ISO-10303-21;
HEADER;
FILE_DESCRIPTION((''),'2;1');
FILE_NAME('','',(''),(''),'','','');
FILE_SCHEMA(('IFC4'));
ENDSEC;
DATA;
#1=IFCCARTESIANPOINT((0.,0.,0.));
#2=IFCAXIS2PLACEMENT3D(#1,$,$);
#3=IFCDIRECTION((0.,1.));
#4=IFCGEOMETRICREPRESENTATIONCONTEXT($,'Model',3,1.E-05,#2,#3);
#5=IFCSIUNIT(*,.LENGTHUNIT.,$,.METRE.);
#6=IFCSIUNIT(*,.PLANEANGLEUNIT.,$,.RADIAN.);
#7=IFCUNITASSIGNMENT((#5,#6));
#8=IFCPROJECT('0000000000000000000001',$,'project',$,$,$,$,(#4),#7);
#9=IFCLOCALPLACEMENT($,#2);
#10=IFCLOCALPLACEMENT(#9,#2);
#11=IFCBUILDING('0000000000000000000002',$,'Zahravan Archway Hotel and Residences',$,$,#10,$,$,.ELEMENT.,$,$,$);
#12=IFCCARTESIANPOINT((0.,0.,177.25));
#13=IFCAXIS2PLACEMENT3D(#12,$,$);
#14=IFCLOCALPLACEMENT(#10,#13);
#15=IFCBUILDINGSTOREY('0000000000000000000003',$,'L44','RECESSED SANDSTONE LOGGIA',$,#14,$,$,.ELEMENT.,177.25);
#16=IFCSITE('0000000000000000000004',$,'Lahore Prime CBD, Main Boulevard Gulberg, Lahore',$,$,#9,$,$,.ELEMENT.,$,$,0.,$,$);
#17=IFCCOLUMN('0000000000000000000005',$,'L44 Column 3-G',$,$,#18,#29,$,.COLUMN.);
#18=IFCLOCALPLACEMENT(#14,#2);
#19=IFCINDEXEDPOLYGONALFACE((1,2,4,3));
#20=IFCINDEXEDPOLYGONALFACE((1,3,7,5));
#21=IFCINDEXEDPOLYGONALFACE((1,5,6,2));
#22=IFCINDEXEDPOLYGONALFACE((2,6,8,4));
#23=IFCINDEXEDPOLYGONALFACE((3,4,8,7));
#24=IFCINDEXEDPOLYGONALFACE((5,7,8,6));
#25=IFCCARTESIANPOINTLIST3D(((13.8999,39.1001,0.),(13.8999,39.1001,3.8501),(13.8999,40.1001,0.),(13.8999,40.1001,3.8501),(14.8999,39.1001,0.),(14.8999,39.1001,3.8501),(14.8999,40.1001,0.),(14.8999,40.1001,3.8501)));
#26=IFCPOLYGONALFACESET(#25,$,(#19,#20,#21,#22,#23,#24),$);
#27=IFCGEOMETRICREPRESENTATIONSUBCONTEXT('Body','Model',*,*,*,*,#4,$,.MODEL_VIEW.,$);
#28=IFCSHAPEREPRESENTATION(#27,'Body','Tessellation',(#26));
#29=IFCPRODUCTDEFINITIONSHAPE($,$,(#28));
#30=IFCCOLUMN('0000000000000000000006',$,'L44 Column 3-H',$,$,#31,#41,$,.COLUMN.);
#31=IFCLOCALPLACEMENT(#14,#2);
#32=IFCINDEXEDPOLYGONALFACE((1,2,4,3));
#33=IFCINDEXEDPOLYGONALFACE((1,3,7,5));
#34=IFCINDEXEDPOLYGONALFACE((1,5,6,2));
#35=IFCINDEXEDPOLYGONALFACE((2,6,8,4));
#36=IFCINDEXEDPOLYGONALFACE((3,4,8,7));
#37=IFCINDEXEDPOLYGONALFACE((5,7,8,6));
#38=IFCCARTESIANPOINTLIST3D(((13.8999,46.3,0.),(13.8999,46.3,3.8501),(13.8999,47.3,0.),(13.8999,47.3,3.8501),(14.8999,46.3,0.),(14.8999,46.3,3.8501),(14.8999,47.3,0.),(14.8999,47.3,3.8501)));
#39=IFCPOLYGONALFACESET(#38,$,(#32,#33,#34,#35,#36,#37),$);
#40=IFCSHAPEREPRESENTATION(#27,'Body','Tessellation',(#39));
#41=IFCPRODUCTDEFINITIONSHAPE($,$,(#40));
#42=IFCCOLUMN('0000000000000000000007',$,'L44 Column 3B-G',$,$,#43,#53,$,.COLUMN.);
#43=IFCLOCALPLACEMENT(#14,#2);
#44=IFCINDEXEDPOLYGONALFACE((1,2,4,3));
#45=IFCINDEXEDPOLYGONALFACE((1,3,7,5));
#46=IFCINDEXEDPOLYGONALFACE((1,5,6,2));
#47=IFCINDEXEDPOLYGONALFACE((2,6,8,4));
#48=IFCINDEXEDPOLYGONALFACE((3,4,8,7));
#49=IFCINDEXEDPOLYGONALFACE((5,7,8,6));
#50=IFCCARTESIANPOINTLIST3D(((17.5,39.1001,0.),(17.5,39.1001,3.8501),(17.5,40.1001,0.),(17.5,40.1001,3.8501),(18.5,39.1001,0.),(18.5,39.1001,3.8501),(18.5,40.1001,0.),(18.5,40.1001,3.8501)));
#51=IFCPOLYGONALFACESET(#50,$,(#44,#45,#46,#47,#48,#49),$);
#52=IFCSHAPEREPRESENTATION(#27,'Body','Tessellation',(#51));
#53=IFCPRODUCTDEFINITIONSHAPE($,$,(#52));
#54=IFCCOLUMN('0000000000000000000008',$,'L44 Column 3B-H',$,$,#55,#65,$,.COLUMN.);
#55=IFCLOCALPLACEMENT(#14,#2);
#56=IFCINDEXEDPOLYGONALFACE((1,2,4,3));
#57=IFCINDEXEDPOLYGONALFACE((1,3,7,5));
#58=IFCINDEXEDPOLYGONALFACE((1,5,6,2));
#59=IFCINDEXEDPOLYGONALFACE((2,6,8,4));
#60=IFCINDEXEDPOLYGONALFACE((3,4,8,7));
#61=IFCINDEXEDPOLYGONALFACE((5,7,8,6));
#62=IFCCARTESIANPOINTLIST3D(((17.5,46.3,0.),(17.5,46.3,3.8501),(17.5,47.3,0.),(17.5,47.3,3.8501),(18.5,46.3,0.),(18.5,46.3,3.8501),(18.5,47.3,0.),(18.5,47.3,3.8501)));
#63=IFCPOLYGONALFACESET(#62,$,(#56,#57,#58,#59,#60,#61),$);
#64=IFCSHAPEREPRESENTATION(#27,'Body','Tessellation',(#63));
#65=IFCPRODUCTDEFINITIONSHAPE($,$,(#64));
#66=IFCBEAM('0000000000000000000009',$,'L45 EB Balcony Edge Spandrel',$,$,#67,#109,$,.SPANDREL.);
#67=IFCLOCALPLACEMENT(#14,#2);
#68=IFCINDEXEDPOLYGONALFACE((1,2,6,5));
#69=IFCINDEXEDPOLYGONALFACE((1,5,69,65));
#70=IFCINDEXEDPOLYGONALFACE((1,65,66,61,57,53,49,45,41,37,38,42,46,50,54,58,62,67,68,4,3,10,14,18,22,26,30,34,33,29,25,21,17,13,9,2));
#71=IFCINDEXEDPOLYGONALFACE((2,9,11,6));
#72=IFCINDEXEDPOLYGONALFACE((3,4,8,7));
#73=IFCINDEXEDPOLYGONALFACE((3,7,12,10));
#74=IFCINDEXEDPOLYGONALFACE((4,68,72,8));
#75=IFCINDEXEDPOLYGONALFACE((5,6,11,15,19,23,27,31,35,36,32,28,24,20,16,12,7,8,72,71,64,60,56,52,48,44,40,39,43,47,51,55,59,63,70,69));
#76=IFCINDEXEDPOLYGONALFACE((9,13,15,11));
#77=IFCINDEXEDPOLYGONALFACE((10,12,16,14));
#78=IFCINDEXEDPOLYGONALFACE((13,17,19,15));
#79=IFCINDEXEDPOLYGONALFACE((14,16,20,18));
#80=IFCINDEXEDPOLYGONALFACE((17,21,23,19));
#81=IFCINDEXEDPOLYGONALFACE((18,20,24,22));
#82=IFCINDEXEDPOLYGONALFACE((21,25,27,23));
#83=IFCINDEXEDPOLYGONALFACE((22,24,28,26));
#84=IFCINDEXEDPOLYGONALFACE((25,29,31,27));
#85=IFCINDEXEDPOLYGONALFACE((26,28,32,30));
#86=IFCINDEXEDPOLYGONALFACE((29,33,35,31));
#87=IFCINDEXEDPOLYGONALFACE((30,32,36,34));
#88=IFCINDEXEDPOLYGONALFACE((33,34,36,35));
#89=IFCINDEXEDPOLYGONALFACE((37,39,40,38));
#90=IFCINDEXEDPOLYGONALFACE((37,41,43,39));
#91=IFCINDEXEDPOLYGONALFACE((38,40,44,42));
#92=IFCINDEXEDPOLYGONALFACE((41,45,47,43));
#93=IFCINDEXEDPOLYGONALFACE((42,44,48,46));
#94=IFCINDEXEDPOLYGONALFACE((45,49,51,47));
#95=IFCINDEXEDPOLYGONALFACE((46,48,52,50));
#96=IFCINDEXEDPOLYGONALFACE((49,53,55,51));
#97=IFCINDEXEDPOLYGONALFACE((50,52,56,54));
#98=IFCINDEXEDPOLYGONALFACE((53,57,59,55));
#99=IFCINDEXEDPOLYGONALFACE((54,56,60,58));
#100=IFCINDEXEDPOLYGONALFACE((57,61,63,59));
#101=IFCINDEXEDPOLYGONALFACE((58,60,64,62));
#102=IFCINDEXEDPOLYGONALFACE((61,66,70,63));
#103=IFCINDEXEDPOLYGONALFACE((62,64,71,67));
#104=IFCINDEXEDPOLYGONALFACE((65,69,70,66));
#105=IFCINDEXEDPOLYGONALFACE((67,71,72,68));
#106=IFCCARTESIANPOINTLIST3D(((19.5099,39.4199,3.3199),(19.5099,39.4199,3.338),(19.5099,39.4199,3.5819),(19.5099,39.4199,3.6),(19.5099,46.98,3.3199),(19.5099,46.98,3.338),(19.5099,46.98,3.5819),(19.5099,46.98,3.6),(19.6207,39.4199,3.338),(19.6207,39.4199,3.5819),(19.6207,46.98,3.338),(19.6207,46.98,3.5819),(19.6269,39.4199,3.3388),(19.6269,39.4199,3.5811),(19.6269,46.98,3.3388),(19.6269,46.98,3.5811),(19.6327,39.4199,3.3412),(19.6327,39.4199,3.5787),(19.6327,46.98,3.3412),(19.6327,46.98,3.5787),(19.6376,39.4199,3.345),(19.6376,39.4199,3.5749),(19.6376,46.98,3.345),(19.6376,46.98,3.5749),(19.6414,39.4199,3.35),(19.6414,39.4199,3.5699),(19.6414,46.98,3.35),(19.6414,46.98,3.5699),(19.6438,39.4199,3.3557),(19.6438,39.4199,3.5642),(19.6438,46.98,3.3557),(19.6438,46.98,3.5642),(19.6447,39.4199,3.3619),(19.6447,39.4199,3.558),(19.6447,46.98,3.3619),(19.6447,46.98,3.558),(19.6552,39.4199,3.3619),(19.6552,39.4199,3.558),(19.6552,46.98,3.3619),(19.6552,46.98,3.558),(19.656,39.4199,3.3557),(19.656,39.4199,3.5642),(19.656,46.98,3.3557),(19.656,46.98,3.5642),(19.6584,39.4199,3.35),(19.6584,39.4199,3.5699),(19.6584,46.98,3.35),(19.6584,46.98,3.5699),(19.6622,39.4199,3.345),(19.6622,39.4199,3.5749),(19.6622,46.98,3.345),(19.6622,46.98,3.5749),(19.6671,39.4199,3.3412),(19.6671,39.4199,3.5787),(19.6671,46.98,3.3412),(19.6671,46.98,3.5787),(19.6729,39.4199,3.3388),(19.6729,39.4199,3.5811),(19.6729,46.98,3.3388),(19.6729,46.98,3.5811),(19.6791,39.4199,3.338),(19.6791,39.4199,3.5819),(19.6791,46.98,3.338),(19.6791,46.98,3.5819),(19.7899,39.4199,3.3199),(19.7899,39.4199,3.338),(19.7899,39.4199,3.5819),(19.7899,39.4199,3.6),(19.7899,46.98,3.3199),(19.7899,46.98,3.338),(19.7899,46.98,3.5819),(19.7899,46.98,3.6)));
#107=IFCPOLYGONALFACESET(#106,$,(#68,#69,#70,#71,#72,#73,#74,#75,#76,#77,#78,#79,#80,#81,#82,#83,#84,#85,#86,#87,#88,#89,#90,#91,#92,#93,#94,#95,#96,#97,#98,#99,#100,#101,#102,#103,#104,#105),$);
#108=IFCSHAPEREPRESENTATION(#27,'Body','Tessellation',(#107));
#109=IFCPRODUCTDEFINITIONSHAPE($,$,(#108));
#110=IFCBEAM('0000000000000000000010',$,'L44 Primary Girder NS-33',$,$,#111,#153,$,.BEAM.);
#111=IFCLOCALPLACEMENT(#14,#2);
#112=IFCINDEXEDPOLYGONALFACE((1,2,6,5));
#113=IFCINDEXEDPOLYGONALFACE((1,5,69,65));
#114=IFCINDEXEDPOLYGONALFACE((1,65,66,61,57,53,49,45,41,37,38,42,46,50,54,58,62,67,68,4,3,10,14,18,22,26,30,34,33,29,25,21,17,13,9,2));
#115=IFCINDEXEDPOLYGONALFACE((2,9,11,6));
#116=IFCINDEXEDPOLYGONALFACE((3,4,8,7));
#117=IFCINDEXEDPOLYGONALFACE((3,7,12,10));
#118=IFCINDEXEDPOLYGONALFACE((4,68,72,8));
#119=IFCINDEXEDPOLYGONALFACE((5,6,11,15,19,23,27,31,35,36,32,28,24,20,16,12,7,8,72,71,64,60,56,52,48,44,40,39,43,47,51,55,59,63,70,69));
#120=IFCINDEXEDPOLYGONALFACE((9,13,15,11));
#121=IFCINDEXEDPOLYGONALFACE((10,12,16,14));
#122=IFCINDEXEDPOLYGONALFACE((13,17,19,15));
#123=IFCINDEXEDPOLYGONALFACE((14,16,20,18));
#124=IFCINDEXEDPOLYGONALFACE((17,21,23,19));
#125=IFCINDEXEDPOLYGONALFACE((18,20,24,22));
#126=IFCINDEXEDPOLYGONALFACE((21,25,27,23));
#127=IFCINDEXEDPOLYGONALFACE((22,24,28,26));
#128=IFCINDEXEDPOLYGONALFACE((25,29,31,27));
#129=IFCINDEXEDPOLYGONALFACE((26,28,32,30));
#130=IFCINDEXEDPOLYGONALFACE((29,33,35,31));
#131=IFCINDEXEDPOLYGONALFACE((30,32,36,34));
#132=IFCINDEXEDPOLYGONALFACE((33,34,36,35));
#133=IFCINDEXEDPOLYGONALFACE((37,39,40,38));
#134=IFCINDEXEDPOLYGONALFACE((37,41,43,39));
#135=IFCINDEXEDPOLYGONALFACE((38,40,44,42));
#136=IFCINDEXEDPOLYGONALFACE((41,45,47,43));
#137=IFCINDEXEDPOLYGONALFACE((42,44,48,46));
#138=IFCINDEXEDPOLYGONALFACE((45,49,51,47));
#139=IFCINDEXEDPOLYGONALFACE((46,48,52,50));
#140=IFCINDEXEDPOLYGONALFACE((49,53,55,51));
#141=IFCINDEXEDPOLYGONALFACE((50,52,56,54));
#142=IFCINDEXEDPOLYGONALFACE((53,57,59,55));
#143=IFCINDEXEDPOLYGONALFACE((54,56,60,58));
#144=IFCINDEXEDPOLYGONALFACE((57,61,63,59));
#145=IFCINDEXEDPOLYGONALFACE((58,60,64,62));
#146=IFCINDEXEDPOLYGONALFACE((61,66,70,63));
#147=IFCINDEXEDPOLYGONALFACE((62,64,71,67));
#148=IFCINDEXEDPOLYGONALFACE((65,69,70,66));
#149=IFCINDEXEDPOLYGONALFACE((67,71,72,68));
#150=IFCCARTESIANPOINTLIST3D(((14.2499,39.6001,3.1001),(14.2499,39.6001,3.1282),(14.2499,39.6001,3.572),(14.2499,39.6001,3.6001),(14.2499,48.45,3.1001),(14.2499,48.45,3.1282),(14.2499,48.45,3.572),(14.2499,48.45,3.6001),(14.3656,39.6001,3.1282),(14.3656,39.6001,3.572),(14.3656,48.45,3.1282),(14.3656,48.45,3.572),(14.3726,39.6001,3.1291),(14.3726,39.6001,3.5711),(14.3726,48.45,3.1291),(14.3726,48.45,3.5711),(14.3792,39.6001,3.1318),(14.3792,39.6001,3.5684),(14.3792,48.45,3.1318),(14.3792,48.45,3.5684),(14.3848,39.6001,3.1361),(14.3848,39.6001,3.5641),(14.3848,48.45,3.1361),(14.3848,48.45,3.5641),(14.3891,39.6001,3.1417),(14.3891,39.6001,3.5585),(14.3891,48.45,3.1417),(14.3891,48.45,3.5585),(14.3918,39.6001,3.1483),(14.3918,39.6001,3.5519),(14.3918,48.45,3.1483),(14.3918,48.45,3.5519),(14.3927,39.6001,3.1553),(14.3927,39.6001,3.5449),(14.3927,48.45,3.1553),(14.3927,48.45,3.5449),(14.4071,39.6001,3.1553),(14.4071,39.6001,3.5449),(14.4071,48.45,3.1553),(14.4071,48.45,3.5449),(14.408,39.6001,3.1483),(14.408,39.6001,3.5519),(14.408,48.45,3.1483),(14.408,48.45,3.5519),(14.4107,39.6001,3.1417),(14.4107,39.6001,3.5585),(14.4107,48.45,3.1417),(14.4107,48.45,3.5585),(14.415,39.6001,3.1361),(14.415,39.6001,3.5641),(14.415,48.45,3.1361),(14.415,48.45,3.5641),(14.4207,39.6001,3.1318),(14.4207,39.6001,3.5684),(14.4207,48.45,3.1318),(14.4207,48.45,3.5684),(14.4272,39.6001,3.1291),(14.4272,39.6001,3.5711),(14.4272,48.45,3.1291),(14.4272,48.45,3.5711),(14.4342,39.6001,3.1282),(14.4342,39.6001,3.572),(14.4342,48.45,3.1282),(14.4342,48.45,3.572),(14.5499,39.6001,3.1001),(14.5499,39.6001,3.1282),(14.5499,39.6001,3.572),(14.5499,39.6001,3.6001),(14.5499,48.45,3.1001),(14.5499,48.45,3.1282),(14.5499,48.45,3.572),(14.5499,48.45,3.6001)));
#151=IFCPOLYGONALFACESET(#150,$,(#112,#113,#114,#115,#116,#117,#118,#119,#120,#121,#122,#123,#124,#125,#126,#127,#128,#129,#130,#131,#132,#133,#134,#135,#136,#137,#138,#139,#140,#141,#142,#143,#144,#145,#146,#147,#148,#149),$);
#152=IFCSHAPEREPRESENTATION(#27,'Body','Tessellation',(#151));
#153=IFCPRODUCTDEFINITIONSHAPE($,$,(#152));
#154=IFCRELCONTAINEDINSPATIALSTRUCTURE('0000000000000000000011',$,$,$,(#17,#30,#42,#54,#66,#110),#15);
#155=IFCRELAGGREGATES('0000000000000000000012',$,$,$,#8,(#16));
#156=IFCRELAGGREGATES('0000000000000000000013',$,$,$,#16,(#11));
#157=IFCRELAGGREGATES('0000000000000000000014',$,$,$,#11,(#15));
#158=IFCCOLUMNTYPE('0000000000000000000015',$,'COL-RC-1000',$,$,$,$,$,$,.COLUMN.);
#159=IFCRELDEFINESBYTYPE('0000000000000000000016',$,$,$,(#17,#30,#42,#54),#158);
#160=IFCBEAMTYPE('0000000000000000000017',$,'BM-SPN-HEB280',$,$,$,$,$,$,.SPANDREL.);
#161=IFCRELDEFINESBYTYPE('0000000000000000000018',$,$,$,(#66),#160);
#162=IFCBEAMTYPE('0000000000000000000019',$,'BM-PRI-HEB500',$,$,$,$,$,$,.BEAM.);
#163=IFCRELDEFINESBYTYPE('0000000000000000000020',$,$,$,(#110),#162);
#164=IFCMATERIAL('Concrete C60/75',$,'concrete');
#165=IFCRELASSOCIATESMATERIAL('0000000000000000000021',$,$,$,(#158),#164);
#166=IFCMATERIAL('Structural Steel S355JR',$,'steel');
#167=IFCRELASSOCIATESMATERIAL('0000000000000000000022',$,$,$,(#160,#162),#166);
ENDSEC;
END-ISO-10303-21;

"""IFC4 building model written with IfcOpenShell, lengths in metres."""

from ifc_helpers import new_model, si_unit, direction, frame, origin, origin_2d, place, context, subcontext, project, spatial, rectangle, i_section, extrude, source, transform, mapped, material, material_profile, profile_set, type_object, type_shapes, element, save


model = new_model("IFC4")

# Units and contexts
model_context = context("Model", 3, precision=1e-05, world=origin(), true_north=direction((0.0, 1.0)))
body_context = subcontext(model_context, "Body", "Model", "MODEL_VIEW")
ifc_project = project(units=[si_unit("LENGTHUNIT", "METRE"), si_unit("PLANEANGLEUNIT", "RADIAN")], contexts=[model_context])

# Site, building, storey
site_placement = place(None, origin())
site = spatial("IfcSite", under=ifc_project, at=site_placement, Name="Lahore Prime CBD, Main Boulevard Gulberg, Lahore", CompositionType="ELEMENT", RefElevation=0.0)
building_placement = place(site_placement, origin())
building = spatial("IfcBuilding", under=site, at=building_placement, Name="Zahravan Archway Hotel and Residences", CompositionType="ELEMENT")
storey_placement = place(building_placement, frame((0.0, 0.0, 177.25)))
storey = spatial("IfcBuildingStorey", under=building, at=storey_placement, Name="L44", Description="RECESSED SANDSTONE LOGGIA", CompositionType="ELEMENT", Elevation=177.25)

# Columns
ifc_material_1 = material(Name="Concrete C60/75", Category="concrete")
ifc_material_profile_1 = material_profile(ifc_material_1, rectangle(XDim=1.0, YDim=1.0, at=origin_2d()), Name="RC-COL-1000x1000", Category="concrete")
ifc_profile_set_1 = profile_set([ifc_material_profile_1], Name="Concrete C60/75")
column_type = type_object("IfcColumnType", Name="COL-RC-1000", PredefinedType="COLUMN", material=ifc_profile_set_1)
shared_shape_1 = source(origin(), body_context, "Body", "SweptSolid", [
    extrude(rectangle(XDim=1.0, YDim=1.0, at=origin_2d()), origin(), (0.0, 0.0, 1.0), 3.8501),
])
for number, where, z_axis, x_axis, name in (
    (1, (14.3999, 39.6001, 0.0), (0.0, 0.0, 1.0), (1.0, 0.0, 0.0), "L44 Column 3-G"),
    (2, (14.3999, 46.8, 0.0), (0.0, 0.0, 1.0), (1.0, 0.0, 0.0), "L44 Column 3-H"),
    (3, (18.0, 39.6001, 0.0), (0.0, 0.0, 1.0), (1.0, 0.0, 0.0), "L44 Column 3B-G"),
    (4, (18.0, 46.8, 0.0), (0.0, 0.0, 1.0), (1.0, 0.0, 0.0), "L44 Column 3B-H"),
):
    element("IfcColumn", number, at=place(storey_placement, frame(where, z_axis=z_axis, x_axis=x_axis)), inside=storey, type_object=column_type, Name=name, PredefinedType="COLUMN", context=body_context, shape_type="MappedRepresentation", body=[
        mapped(shared_shape_1, transform((0.0, 0.0, 0.0), scale=1.0)),
    ])

# Beams
ifc_material_2 = material(Name="Structural Steel S355JR", Category="steel")
ifc_material_profile_2 = material_profile(ifc_material_2, i_section(OverallWidth=0.28, OverallDepth=0.28, WebThickness=0.0105, FlangeThickness=0.0181, FilletRadius=0.0239, at=origin_2d()), Name="HEB 280", Category="steel")
ifc_profile_set_2 = profile_set([ifc_material_profile_2], Name="Structural Steel S355JR")
beam_type_1 = type_object("IfcBeamType", Name="BM-SPN-HEB280", PredefinedType="SPANDREL", material=ifc_profile_set_2)
shared_shape_2 = source(origin(), body_context, "Body", "SweptSolid", [
    extrude(i_section(OverallWidth=0.28, OverallDepth=0.28, WebThickness=0.0105, FlangeThickness=0.0181, FilletRadius=0.0239, at=origin_2d()), origin(), (0.0, 0.0, 1.0), 7.5601),
])
type_shapes(beam_type_1, [shared_shape_2])
beam_1_placement = place(storey_placement, frame((19.6499, 39.4199, 3.46), z_axis=(0.0, 1.0, 0.0), x_axis=(-1.0, 0.0, 0.0)))
element("IfcBeam", 5, at=beam_1_placement, inside=storey, type_object=beam_type_1, Name="L45 EB Balcony Edge Spandrel", PredefinedType="SPANDREL", context=body_context, shape_type="MappedRepresentation", body=[
    mapped(shared_shape_2, transform((0.0, 0.0, 0.0), scale=1.0)),
])
ifc_material_profile_3 = material_profile(ifc_material_2, i_section(OverallWidth=0.3, OverallDepth=0.5, WebThickness=0.0144, FlangeThickness=0.0281, FilletRadius=0.0271, at=origin_2d()), Name="HEB 500", Category="steel")
ifc_profile_set_3 = profile_set([ifc_material_profile_3], Name="Structural Steel S355JR")
beam_type_2 = type_object("IfcBeamType", Name="BM-PRI-HEB500", PredefinedType="BEAM", material=ifc_profile_set_3)
shared_shape_3 = source(origin(), body_context, "Body", "SweptSolid", [
    extrude(i_section(OverallWidth=0.3, OverallDepth=0.5, WebThickness=0.0144, FlangeThickness=0.0281, FilletRadius=0.0271, at=origin_2d()), origin(), (0.0, 0.0, 1.0), 8.8499),
])
beam_2_placement = place(storey_placement, frame((14.3999, 39.6001, 3.3501), z_axis=(0.0, 1.0, 0.0), x_axis=(-1.0, 0.0, 0.0)))
element("IfcBeam", 6, at=beam_2_placement, inside=storey, type_object=beam_type_2, Name="L44 Primary Girder NS-33", PredefinedType="BEAM", context=body_context, shape_type="MappedRepresentation", body=[
    mapped(shared_shape_3, transform((0.0, 0.0, 0.0), scale=1.0)),
])

save(model, "model.ifc")
